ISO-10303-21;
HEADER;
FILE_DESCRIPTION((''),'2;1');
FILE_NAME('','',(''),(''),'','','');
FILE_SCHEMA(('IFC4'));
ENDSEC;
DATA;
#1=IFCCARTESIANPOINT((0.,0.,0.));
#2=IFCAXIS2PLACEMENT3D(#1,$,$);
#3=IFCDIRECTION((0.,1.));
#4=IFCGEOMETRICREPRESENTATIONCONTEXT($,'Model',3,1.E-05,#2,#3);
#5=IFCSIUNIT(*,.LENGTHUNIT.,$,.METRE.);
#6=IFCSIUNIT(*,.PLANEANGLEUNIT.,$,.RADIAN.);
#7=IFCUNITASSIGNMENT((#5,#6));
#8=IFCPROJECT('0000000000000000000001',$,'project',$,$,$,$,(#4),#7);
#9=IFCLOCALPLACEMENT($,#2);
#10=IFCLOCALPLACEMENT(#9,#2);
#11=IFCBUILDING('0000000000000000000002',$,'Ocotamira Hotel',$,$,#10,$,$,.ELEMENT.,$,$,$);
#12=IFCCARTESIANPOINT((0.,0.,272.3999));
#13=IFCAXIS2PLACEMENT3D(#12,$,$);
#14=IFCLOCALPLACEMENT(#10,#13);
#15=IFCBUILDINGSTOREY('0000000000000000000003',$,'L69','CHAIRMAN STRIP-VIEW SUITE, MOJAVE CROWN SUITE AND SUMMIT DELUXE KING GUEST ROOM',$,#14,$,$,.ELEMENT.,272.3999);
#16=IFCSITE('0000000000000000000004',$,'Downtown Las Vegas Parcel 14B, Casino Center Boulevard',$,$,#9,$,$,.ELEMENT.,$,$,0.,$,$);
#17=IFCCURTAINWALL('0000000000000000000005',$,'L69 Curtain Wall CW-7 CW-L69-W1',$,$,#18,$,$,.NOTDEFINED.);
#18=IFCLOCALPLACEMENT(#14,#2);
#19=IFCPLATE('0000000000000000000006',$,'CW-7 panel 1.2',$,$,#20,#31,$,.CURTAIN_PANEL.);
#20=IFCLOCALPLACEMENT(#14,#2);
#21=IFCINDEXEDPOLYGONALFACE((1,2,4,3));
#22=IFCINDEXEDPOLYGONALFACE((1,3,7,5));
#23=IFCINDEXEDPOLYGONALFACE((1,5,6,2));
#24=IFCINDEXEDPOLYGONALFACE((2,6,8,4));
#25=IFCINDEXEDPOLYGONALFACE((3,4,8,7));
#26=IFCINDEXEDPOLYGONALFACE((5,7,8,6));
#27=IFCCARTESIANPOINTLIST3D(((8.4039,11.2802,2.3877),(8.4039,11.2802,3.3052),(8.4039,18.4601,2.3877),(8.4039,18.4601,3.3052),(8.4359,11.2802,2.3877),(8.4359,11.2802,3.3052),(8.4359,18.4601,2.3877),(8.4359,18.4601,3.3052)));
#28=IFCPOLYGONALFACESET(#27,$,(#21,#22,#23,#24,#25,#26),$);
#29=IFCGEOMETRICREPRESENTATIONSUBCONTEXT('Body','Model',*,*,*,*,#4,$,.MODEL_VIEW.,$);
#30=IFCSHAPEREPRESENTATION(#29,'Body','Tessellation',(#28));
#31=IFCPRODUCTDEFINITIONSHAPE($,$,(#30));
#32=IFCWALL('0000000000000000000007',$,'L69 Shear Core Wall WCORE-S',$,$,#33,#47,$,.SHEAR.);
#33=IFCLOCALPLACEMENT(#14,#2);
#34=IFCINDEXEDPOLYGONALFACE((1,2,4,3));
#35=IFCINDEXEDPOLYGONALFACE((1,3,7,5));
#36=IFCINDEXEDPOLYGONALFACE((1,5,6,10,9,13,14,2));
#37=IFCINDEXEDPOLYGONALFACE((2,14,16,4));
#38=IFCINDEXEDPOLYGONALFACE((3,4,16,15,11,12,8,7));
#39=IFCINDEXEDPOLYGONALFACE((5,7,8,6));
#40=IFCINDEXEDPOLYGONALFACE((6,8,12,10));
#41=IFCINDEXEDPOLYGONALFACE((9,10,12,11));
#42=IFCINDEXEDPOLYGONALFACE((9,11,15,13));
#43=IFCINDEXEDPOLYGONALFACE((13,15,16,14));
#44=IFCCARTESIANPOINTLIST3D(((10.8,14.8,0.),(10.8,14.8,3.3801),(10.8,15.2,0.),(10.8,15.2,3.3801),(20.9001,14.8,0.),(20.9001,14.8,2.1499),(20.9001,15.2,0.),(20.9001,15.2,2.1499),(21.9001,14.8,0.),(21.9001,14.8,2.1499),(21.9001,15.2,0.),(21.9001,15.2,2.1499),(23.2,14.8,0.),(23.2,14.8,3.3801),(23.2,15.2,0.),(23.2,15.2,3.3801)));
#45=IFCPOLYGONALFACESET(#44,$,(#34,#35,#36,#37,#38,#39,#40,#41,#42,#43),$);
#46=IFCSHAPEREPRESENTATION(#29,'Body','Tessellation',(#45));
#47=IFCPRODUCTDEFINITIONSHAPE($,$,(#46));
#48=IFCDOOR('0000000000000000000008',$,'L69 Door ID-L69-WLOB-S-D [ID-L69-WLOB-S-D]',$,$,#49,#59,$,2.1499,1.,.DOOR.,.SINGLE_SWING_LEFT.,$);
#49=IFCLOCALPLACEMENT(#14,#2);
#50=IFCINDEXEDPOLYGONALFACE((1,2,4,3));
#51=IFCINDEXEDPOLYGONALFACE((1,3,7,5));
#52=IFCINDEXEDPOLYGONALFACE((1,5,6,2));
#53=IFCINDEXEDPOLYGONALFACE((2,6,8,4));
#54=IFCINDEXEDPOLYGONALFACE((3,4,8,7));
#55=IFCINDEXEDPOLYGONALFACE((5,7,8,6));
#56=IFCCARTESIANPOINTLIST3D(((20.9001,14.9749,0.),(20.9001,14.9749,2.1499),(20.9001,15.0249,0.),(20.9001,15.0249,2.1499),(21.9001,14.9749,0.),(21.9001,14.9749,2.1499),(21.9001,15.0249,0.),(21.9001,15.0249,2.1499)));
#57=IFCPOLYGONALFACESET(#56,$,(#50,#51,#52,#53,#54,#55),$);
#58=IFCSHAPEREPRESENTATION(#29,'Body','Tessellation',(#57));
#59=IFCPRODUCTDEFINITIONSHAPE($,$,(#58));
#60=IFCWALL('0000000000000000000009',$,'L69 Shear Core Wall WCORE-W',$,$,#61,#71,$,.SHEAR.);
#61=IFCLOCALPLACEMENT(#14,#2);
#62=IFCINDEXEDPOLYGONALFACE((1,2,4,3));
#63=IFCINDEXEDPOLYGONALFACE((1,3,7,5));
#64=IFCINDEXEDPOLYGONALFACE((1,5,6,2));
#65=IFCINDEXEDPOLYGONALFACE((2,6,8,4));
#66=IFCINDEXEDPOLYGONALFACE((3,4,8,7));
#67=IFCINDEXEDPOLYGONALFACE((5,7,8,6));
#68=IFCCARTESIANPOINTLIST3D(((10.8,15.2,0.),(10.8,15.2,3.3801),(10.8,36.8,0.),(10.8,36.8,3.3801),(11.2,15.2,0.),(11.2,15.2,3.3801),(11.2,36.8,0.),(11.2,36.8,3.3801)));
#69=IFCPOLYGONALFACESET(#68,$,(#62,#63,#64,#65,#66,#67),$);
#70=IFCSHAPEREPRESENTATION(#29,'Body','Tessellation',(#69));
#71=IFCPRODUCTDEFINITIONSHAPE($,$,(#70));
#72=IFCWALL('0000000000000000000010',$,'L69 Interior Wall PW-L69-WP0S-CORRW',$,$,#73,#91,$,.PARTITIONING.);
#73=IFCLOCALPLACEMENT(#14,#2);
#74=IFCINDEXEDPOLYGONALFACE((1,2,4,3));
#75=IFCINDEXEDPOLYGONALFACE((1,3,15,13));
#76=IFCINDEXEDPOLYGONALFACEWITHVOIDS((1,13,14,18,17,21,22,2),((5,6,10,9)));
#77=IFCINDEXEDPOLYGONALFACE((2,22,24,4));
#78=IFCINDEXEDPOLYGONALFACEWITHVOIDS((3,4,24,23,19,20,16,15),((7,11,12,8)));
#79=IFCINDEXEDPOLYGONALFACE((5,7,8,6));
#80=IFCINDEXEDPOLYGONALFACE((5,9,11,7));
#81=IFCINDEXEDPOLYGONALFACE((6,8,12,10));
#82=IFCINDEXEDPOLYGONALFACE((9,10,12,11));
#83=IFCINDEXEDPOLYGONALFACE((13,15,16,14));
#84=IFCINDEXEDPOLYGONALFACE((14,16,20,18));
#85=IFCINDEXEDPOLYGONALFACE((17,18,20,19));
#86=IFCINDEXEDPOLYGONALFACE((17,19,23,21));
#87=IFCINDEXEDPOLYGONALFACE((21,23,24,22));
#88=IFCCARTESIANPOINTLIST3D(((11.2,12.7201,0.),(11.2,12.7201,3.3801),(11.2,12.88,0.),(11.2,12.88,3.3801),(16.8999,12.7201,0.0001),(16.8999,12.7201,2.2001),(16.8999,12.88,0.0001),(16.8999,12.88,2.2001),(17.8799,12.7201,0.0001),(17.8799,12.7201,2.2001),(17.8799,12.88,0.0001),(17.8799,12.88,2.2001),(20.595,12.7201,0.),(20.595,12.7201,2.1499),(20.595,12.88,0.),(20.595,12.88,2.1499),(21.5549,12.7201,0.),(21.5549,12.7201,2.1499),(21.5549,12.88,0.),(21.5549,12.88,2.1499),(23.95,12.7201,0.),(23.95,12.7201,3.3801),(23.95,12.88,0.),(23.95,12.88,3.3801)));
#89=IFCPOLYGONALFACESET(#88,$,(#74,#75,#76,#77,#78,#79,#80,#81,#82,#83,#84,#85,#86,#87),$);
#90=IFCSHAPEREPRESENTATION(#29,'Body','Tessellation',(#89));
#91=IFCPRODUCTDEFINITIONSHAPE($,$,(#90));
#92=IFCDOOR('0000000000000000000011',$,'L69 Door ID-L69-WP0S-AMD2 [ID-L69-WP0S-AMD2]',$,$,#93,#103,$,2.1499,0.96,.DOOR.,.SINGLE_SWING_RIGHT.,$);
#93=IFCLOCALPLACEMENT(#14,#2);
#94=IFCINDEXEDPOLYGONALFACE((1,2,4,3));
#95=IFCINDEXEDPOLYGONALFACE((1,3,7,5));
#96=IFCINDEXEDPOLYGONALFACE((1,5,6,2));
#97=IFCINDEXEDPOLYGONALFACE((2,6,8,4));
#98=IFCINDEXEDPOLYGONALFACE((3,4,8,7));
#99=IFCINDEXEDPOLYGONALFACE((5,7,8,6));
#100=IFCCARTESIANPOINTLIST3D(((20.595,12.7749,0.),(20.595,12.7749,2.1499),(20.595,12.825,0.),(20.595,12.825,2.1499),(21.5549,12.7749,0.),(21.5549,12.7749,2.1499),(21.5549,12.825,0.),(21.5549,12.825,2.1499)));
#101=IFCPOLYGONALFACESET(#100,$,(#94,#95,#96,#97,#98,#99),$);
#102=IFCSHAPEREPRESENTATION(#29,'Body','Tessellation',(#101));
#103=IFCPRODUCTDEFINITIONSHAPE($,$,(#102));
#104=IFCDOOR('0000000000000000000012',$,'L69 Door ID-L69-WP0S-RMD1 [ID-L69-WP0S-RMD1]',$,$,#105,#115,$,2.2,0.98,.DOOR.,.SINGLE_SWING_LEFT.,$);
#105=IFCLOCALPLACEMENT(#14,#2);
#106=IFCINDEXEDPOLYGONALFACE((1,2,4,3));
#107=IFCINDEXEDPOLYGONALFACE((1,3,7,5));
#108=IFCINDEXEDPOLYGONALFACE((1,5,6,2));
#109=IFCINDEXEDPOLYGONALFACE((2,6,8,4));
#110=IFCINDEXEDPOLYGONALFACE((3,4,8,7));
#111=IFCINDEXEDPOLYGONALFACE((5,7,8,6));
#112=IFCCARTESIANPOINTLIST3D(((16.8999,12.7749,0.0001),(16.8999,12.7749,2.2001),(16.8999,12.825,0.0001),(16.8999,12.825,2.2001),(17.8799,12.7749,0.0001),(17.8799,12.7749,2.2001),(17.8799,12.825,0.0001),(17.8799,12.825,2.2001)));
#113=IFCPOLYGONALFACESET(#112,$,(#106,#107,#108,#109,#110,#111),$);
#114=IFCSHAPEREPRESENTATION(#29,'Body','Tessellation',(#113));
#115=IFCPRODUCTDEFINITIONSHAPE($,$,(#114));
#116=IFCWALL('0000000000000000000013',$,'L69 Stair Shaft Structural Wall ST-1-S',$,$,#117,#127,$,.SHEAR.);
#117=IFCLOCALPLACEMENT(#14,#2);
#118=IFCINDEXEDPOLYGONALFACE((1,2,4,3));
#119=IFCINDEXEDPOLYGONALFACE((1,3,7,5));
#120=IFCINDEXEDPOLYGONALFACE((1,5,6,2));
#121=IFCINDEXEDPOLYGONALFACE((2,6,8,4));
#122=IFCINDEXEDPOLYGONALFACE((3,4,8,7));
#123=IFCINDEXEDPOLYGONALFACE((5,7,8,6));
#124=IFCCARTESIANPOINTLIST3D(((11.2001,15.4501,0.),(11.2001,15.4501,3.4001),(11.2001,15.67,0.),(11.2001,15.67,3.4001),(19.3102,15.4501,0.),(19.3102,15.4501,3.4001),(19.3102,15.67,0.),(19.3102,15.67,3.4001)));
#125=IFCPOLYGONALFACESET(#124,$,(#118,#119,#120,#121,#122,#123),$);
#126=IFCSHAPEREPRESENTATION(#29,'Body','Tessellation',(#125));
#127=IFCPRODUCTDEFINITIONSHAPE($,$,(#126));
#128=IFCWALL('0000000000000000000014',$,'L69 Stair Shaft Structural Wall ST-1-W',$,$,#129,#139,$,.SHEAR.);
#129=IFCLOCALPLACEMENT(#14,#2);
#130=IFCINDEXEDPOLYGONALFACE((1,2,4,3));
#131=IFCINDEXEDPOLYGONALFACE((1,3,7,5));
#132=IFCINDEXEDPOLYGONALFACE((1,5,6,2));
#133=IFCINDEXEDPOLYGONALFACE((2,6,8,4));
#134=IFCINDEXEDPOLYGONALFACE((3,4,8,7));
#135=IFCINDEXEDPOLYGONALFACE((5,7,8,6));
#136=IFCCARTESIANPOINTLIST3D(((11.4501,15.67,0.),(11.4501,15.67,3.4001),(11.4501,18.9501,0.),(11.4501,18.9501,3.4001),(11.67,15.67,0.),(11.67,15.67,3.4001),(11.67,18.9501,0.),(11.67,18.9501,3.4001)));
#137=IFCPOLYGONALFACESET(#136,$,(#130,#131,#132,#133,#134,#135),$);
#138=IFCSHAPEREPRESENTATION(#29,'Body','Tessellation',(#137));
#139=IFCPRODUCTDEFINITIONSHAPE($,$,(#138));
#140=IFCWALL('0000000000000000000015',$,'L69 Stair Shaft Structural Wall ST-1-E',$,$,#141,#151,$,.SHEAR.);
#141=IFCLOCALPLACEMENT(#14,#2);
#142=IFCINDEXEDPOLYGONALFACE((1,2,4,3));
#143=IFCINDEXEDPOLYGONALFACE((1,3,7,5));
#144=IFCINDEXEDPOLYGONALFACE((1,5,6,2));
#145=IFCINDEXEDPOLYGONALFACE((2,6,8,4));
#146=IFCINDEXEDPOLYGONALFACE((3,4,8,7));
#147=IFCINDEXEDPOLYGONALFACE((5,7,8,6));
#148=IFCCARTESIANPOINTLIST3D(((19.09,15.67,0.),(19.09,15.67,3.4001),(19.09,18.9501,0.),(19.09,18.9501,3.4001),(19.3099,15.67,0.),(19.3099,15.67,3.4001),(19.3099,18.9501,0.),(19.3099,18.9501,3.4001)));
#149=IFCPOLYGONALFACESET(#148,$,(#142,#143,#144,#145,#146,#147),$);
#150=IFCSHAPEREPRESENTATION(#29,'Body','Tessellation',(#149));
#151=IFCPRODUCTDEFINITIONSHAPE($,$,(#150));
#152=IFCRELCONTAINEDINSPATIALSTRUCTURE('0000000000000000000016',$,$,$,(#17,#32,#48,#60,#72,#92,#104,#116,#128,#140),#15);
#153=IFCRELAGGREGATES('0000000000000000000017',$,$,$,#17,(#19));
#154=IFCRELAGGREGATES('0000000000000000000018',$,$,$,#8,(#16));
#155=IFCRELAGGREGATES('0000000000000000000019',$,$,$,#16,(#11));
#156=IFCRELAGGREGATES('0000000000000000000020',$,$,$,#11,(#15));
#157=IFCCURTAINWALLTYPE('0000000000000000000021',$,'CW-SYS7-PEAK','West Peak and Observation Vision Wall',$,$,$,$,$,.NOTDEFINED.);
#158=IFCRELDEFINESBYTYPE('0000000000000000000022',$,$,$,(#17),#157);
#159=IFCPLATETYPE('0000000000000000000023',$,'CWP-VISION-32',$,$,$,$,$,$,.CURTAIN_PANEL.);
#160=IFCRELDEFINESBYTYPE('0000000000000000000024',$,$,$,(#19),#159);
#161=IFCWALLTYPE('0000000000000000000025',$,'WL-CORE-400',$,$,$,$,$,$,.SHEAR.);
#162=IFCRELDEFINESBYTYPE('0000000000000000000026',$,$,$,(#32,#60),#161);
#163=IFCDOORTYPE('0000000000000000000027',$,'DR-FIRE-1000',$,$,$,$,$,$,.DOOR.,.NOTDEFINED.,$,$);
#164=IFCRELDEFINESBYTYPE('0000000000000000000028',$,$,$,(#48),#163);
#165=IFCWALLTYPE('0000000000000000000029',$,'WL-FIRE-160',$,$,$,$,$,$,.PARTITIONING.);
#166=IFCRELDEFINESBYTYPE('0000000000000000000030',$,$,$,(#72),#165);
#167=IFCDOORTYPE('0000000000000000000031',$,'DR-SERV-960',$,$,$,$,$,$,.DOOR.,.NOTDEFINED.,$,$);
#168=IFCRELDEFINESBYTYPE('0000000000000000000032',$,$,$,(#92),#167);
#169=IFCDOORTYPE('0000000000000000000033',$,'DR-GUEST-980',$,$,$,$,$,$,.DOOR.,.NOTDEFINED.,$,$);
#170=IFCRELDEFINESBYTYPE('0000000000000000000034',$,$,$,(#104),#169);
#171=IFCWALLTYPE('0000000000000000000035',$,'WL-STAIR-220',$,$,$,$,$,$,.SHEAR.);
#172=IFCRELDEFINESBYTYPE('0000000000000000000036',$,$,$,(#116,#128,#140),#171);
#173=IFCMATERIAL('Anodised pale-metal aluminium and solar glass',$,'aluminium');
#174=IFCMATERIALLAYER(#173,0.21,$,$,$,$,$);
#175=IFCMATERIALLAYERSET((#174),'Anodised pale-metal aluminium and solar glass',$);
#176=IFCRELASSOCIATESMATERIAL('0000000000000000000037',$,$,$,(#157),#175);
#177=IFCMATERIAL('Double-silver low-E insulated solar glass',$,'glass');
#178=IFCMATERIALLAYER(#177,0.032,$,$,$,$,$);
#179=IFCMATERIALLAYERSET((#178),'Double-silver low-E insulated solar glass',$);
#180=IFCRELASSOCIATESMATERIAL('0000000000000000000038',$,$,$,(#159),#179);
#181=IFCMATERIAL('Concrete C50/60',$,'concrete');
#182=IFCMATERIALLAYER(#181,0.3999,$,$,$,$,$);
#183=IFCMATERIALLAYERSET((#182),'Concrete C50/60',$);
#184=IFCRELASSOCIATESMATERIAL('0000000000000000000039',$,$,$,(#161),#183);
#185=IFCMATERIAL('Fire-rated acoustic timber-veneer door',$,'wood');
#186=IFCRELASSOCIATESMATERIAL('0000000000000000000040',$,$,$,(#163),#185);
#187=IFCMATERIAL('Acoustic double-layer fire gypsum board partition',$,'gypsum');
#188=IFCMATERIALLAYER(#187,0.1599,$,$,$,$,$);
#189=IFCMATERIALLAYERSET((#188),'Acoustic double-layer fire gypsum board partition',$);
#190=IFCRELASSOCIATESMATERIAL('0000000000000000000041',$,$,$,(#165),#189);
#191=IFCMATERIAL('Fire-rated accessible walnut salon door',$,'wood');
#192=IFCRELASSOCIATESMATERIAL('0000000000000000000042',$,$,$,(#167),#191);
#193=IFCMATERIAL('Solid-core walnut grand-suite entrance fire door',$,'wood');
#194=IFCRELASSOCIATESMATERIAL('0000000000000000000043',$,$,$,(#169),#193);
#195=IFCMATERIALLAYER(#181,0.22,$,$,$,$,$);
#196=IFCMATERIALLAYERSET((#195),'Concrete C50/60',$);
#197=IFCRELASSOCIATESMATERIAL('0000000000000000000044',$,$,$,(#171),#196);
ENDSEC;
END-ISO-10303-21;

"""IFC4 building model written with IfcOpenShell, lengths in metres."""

from ifc_helpers import new_model, si_unit, direction, frame, frame_2d, origin, origin_2d, place, context, subcontext, project, spatial, rectangle, extrude, source, transform, mapped, material, layer, layer_set, type_object, element, fill, aggregate, save


model = new_model("IFC4")

# Units and contexts
model_context = context("Model", 3, precision=1e-05, world=origin(), true_north=direction((0.0, 1.0)))
body_context = subcontext(model_context, "Body", "Model", "MODEL_VIEW")
ifc_project = project(units=[si_unit("LENGTHUNIT", "METRE"), si_unit("PLANEANGLEUNIT", "RADIAN")], contexts=[model_context])

# Site, building, storey
site_placement = place(None, origin())
site = spatial("IfcSite", under=ifc_project, at=site_placement, Name="Downtown Las Vegas Parcel 14B, Casino Center Boulevard", CompositionType="ELEMENT", RefElevation=0.0)
building_placement = place(site_placement, origin())
building = spatial("IfcBuilding", under=site, at=building_placement, Name="Ocotamira Hotel", CompositionType="ELEMENT")
storey_placement = place(building_placement, frame((0.0, 0.0, 272.3999)))
storey = spatial("IfcBuildingStorey", under=building, at=storey_placement, Name="L69", Description="CHAIRMAN STRIP-VIEW SUITE, MOJAVE CROWN SUITE AND SUMMIT DELUXE KING GUEST ROOM", CompositionType="ELEMENT", Elevation=272.3999)

# Curtain wall, plate
ifc_material_1 = material(Name="Anodised pale-metal aluminium and solar glass", Category="aluminium")
ifc_layer_1 = layer(ifc_material_1, 0.21)
ifc_layer_set_1 = layer_set([ifc_layer_1], Name="Anodised pale-metal aluminium and solar glass")
curtain_wall_type = type_object("IfcCurtainWallType", Name="CW-SYS7-PEAK", Description="West Peak and Observation Vision Wall", PredefinedType="NOTDEFINED", material=ifc_layer_set_1)
curtain_wall_placement = place(storey_placement, origin())
curtain_wall = element("IfcCurtainWall", 1, at=curtain_wall_placement, inside=storey, type_object=curtain_wall_type, Name="L69 Curtain Wall CW-7 CW-L69-W1", PredefinedType="NOTDEFINED")
ifc_material_2 = material(Name="Double-silver low-E insulated solar glass", Category="glass")
ifc_layer_2 = layer(ifc_material_2, 0.032)
ifc_layer_set_2 = layer_set([ifc_layer_2], Name="Double-silver low-E insulated solar glass")
plate_type = type_object("IfcPlateType", Name="CWP-VISION-32", PredefinedType="CURTAIN_PANEL", material=ifc_layer_set_2)
shared_shape_1 = source(origin(), body_context, "Body", "SweptSolid", [
    extrude(rectangle(XDim=7.1799, YDim=0.032, at=origin_2d()), origin(), (0.0, 0.0, 1.0), 0.9175),
])
plate_1_placement = place(storey_placement, frame((8.4199, 14.8701, 2.3877), z_axis=(0.0, 0.0, 1.0), x_axis=(0.0, 1.0, 0.0)))
plate_1 = element("IfcPlate", 2, at=plate_1_placement, type_object=plate_type, Name="CW-7 panel 1.2", PredefinedType="CURTAIN_PANEL", context=body_context, shape_type="MappedRepresentation", body=[
    mapped(shared_shape_1, transform((0.0, 0.0, 0.0), scale=1.0)),
])
aggregate(curtain_wall, [plate_1])

# Wall, opening, door
ifc_material_3 = material(Name="Concrete C50/60", Category="concrete")
ifc_layer_3 = layer(ifc_material_3, 0.3999)
ifc_layer_set_3 = layer_set([ifc_layer_3], Name="Concrete C50/60")
wall_type_1 = type_object("IfcWallType", Name="WL-CORE-400", PredefinedType="SHEAR", material=ifc_layer_set_3)
wall_1_placement = place(storey_placement, frame((10.8, 15.0, 0.0), z_axis=(0.0, 0.0, 1.0), x_axis=(1.0, 0.0, 0.0)))
wall_1 = element("IfcWall", 3, at=wall_1_placement, inside=storey, type_object=wall_type_1, Name="L69 Shear Core Wall WCORE-S", PredefinedType="SHEAR", context=body_context, shape_type="SweptSolid", body=[
    extrude(rectangle(XDim=12.3999, YDim=0.3999, at=frame_2d((6.2, 0.0))), origin(), (0.0, 0.0, 1.0), 3.3801),
])
opening_1_placement = place(wall_1_placement, frame((10.1001, 0.0, 0.0)))
opening_1 = element("IfcOpeningElement", 4, at=opening_1_placement, cuts=wall_1, PredefinedType="OPENING", context=body_context, shape_type="SweptSolid", body=[
    extrude(rectangle(XDim=1.0, YDim=2.1499, at=frame_2d((0.5, 1.075))), frame((0.0, 0.21, 0.0), z_axis=(0.0, -1.0, 0.0), x_axis=(1.0, 0.0, 0.0)), (0.0, 0.0, 1.0), 0.4199),
])
ifc_material_4 = material(Name="Fire-rated acoustic timber-veneer door", Category="wood")
door_type_1 = type_object("IfcDoorType", Name="DR-FIRE-1000", OperationType="NOTDEFINED", PredefinedType="DOOR", material=ifc_material_4)
shared_shape_2 = source(origin(), body_context, "Body", "SweptSolid", [
    extrude(rectangle(XDim=1.0, YDim=2.1499, at=frame_2d((0.5, 1.075))), frame((0.0, 0.0249, 0.0), z_axis=(0.0, -1.0, 0.0), x_axis=(1.0, 0.0, 0.0)), (0.0, 0.0, 1.0), 0.05),
])
door_1_placement = place(opening_1_placement, origin())
door_1 = element("IfcDoor", 5, at=door_1_placement, inside=storey, type_object=door_type_1, Name="L69 Door ID-L69-WLOB-S-D [ID-L69-WLOB-S-D]", OperationType="SINGLE_SWING_LEFT", OverallHeight=2.1499, OverallWidth=1.0, PredefinedType="DOOR", context=body_context, shape_type="MappedRepresentation", body=[
    mapped(shared_shape_2, transform((0.0, 0.0, 0.0), scale=1.0)),
])
fill(opening_1, door_1)

# Wall
wall_2_placement = place(storey_placement, frame((11.0, 15.2, 0.0), z_axis=(0.0, 0.0, 1.0), x_axis=(0.0, 1.0, 0.0)))
element("IfcWall", 6, at=wall_2_placement, inside=storey, type_object=wall_type_1, Name="L69 Shear Core Wall WCORE-W", PredefinedType="SHEAR", context=body_context, shape_type="SweptSolid", body=[
    extrude(rectangle(XDim=21.6001, YDim=0.3999, at=frame_2d((10.8, 0.0))), origin(), (0.0, 0.0, 1.0), 3.3801),
])

# Wall, openings, doors
ifc_material_5 = material(Name="Acoustic double-layer fire gypsum board partition", Category="gypsum")
ifc_layer_4 = layer(ifc_material_5, 0.1599)
ifc_layer_set_4 = layer_set([ifc_layer_4], Name="Acoustic double-layer fire gypsum board partition")
wall_type_2 = type_object("IfcWallType", Name="WL-FIRE-160", PredefinedType="PARTITIONING", material=ifc_layer_set_4)
wall_3_placement = place(storey_placement, frame((11.2, 12.8, 0.0), z_axis=(0.0, 0.0, 1.0), x_axis=(1.0, 0.0, 0.0)))
wall_3 = element("IfcWall", 7, at=wall_3_placement, inside=storey, type_object=wall_type_2, Name="L69 Interior Wall PW-L69-WP0S-CORRW", PredefinedType="PARTITIONING", context=body_context, shape_type="SweptSolid", body=[
    extrude(rectangle(XDim=12.75, YDim=0.1599, at=frame_2d((6.375, 0.0))), origin(), (0.0, 0.0, 1.0), 3.3801),
])
opening_2_placement = place(wall_3_placement, frame((5.7, 0.0, 0.0)))
opening_2 = element("IfcOpeningElement", 8, at=opening_2_placement, cuts=wall_3, PredefinedType="OPENING", context=body_context, shape_type="SweptSolid", body=[
    extrude(rectangle(XDim=0.98, YDim=2.2, at=frame_2d((0.49, 1.1001))), frame((0.0, 0.0898, 0.0), z_axis=(0.0, -1.0, 0.0), x_axis=(1.0, 0.0, 0.0)), (0.0, 0.0, 1.0), 0.1799),
])
opening_3_placement = place(wall_3_placement, frame((9.395, 0.0, 0.0)))
opening_3 = element("IfcOpeningElement", 9, at=opening_3_placement, cuts=wall_3, PredefinedType="OPENING", context=body_context, shape_type="SweptSolid", body=[
    extrude(rectangle(XDim=0.96, YDim=2.1499, at=frame_2d((0.48, 1.075))), frame((0.0, 0.0898, 0.0), z_axis=(0.0, -1.0, 0.0), x_axis=(1.0, 0.0, 0.0)), (0.0, 0.0, 1.0), 0.1799),
])
ifc_material_6 = material(Name="Fire-rated accessible walnut salon door", Category="wood")
door_type_2 = type_object("IfcDoorType", Name="DR-SERV-960", OperationType="NOTDEFINED", PredefinedType="DOOR", material=ifc_material_6)
shared_shape_3 = source(origin(), body_context, "Body", "SweptSolid", [
    extrude(rectangle(XDim=0.96, YDim=2.1499, at=frame_2d((0.48, 1.075))), frame((0.0, 0.0249, 0.0), z_axis=(0.0, -1.0, 0.0), x_axis=(1.0, 0.0, 0.0)), (0.0, 0.0, 1.0), 0.05),
])
door_2_placement = place(opening_3_placement, origin())
door_2 = element("IfcDoor", 10, at=door_2_placement, inside=storey, type_object=door_type_2, Name="L69 Door ID-L69-WP0S-AMD2 [ID-L69-WP0S-AMD2]", OperationType="SINGLE_SWING_RIGHT", OverallHeight=2.1499, OverallWidth=0.96, PredefinedType="DOOR", context=body_context, shape_type="MappedRepresentation", body=[
    mapped(shared_shape_3, transform((0.0, 0.0, 0.0), scale=1.0)),
])
fill(opening_3, door_2)
ifc_material_7 = material(Name="Solid-core walnut grand-suite entrance fire door", Category="wood")
door_type_3 = type_object("IfcDoorType", Name="DR-GUEST-980", OperationType="NOTDEFINED", PredefinedType="DOOR", material=ifc_material_7)
shared_shape_4 = source(origin(), body_context, "Body", "SweptSolid", [
    extrude(rectangle(XDim=0.98, YDim=2.2, at=frame_2d((0.49, 1.1001))), frame((0.0, 0.0249, 0.0), z_axis=(0.0, -1.0, 0.0), x_axis=(1.0, 0.0, 0.0)), (0.0, 0.0, 1.0), 0.05),
])
door_3_placement = place(opening_2_placement, origin())
door_3 = element("IfcDoor", 11, at=door_3_placement, inside=storey, type_object=door_type_3, Name="L69 Door ID-L69-WP0S-RMD1 [ID-L69-WP0S-RMD1]", OperationType="SINGLE_SWING_LEFT", OverallHeight=2.2, OverallWidth=0.98, PredefinedType="DOOR", context=body_context, shape_type="MappedRepresentation", body=[
    mapped(shared_shape_4, transform((0.0, 0.0, 0.0), scale=1.0)),
])
fill(opening_2, door_3)

# Walls
ifc_layer_5 = layer(ifc_material_3, 0.22)
ifc_layer_set_5 = layer_set([ifc_layer_5], Name="Concrete C50/60")
wall_type_3 = type_object("IfcWallType", Name="WL-STAIR-220", PredefinedType="SHEAR", material=ifc_layer_set_5)
wall_4_placement = place(storey_placement, frame((11.2, 15.5601, 0.0), z_axis=(0.0, 0.0, 1.0), x_axis=(1.0, 0.0, 0.0)))
element("IfcWall", 12, at=wall_4_placement, inside=storey, type_object=wall_type_3, Name="L69 Stair Shaft Structural Wall ST-1-S", PredefinedType="SHEAR", context=body_context, shape_type="SweptSolid", body=[
    extrude(rectangle(XDim=8.1101, YDim=0.22, at=frame_2d((4.0552, 0.0))), origin(), (0.0, 0.0, 1.0), 3.4001),
])
for number, where, z_axis, x_axis, name in (
    (13, (11.5601, 15.6699, 0.0), (0.0, 0.0, 1.0), (0.0, 1.0, 0.0), "L69 Stair Shaft Structural Wall ST-1-W"),
    (14, (19.2, 15.6699, 0.0), (0.0, 0.0, 1.0), (0.0, 1.0, 0.0), "L69 Stair Shaft Structural Wall ST-1-E"),
):
    element("IfcWall", number, at=place(storey_placement, frame(where, z_axis=z_axis, x_axis=x_axis)), inside=storey, type_object=wall_type_3, Name=name, PredefinedType="SHEAR", context=body_context, shape_type="SweptSolid", body=[
        extrude(rectangle(XDim=3.28, YDim=0.22, at=frame_2d((1.6401, 0.0))), origin(), (0.0, 0.0, 1.0), 3.4001),
    ])

save(model, "model.ifc")
